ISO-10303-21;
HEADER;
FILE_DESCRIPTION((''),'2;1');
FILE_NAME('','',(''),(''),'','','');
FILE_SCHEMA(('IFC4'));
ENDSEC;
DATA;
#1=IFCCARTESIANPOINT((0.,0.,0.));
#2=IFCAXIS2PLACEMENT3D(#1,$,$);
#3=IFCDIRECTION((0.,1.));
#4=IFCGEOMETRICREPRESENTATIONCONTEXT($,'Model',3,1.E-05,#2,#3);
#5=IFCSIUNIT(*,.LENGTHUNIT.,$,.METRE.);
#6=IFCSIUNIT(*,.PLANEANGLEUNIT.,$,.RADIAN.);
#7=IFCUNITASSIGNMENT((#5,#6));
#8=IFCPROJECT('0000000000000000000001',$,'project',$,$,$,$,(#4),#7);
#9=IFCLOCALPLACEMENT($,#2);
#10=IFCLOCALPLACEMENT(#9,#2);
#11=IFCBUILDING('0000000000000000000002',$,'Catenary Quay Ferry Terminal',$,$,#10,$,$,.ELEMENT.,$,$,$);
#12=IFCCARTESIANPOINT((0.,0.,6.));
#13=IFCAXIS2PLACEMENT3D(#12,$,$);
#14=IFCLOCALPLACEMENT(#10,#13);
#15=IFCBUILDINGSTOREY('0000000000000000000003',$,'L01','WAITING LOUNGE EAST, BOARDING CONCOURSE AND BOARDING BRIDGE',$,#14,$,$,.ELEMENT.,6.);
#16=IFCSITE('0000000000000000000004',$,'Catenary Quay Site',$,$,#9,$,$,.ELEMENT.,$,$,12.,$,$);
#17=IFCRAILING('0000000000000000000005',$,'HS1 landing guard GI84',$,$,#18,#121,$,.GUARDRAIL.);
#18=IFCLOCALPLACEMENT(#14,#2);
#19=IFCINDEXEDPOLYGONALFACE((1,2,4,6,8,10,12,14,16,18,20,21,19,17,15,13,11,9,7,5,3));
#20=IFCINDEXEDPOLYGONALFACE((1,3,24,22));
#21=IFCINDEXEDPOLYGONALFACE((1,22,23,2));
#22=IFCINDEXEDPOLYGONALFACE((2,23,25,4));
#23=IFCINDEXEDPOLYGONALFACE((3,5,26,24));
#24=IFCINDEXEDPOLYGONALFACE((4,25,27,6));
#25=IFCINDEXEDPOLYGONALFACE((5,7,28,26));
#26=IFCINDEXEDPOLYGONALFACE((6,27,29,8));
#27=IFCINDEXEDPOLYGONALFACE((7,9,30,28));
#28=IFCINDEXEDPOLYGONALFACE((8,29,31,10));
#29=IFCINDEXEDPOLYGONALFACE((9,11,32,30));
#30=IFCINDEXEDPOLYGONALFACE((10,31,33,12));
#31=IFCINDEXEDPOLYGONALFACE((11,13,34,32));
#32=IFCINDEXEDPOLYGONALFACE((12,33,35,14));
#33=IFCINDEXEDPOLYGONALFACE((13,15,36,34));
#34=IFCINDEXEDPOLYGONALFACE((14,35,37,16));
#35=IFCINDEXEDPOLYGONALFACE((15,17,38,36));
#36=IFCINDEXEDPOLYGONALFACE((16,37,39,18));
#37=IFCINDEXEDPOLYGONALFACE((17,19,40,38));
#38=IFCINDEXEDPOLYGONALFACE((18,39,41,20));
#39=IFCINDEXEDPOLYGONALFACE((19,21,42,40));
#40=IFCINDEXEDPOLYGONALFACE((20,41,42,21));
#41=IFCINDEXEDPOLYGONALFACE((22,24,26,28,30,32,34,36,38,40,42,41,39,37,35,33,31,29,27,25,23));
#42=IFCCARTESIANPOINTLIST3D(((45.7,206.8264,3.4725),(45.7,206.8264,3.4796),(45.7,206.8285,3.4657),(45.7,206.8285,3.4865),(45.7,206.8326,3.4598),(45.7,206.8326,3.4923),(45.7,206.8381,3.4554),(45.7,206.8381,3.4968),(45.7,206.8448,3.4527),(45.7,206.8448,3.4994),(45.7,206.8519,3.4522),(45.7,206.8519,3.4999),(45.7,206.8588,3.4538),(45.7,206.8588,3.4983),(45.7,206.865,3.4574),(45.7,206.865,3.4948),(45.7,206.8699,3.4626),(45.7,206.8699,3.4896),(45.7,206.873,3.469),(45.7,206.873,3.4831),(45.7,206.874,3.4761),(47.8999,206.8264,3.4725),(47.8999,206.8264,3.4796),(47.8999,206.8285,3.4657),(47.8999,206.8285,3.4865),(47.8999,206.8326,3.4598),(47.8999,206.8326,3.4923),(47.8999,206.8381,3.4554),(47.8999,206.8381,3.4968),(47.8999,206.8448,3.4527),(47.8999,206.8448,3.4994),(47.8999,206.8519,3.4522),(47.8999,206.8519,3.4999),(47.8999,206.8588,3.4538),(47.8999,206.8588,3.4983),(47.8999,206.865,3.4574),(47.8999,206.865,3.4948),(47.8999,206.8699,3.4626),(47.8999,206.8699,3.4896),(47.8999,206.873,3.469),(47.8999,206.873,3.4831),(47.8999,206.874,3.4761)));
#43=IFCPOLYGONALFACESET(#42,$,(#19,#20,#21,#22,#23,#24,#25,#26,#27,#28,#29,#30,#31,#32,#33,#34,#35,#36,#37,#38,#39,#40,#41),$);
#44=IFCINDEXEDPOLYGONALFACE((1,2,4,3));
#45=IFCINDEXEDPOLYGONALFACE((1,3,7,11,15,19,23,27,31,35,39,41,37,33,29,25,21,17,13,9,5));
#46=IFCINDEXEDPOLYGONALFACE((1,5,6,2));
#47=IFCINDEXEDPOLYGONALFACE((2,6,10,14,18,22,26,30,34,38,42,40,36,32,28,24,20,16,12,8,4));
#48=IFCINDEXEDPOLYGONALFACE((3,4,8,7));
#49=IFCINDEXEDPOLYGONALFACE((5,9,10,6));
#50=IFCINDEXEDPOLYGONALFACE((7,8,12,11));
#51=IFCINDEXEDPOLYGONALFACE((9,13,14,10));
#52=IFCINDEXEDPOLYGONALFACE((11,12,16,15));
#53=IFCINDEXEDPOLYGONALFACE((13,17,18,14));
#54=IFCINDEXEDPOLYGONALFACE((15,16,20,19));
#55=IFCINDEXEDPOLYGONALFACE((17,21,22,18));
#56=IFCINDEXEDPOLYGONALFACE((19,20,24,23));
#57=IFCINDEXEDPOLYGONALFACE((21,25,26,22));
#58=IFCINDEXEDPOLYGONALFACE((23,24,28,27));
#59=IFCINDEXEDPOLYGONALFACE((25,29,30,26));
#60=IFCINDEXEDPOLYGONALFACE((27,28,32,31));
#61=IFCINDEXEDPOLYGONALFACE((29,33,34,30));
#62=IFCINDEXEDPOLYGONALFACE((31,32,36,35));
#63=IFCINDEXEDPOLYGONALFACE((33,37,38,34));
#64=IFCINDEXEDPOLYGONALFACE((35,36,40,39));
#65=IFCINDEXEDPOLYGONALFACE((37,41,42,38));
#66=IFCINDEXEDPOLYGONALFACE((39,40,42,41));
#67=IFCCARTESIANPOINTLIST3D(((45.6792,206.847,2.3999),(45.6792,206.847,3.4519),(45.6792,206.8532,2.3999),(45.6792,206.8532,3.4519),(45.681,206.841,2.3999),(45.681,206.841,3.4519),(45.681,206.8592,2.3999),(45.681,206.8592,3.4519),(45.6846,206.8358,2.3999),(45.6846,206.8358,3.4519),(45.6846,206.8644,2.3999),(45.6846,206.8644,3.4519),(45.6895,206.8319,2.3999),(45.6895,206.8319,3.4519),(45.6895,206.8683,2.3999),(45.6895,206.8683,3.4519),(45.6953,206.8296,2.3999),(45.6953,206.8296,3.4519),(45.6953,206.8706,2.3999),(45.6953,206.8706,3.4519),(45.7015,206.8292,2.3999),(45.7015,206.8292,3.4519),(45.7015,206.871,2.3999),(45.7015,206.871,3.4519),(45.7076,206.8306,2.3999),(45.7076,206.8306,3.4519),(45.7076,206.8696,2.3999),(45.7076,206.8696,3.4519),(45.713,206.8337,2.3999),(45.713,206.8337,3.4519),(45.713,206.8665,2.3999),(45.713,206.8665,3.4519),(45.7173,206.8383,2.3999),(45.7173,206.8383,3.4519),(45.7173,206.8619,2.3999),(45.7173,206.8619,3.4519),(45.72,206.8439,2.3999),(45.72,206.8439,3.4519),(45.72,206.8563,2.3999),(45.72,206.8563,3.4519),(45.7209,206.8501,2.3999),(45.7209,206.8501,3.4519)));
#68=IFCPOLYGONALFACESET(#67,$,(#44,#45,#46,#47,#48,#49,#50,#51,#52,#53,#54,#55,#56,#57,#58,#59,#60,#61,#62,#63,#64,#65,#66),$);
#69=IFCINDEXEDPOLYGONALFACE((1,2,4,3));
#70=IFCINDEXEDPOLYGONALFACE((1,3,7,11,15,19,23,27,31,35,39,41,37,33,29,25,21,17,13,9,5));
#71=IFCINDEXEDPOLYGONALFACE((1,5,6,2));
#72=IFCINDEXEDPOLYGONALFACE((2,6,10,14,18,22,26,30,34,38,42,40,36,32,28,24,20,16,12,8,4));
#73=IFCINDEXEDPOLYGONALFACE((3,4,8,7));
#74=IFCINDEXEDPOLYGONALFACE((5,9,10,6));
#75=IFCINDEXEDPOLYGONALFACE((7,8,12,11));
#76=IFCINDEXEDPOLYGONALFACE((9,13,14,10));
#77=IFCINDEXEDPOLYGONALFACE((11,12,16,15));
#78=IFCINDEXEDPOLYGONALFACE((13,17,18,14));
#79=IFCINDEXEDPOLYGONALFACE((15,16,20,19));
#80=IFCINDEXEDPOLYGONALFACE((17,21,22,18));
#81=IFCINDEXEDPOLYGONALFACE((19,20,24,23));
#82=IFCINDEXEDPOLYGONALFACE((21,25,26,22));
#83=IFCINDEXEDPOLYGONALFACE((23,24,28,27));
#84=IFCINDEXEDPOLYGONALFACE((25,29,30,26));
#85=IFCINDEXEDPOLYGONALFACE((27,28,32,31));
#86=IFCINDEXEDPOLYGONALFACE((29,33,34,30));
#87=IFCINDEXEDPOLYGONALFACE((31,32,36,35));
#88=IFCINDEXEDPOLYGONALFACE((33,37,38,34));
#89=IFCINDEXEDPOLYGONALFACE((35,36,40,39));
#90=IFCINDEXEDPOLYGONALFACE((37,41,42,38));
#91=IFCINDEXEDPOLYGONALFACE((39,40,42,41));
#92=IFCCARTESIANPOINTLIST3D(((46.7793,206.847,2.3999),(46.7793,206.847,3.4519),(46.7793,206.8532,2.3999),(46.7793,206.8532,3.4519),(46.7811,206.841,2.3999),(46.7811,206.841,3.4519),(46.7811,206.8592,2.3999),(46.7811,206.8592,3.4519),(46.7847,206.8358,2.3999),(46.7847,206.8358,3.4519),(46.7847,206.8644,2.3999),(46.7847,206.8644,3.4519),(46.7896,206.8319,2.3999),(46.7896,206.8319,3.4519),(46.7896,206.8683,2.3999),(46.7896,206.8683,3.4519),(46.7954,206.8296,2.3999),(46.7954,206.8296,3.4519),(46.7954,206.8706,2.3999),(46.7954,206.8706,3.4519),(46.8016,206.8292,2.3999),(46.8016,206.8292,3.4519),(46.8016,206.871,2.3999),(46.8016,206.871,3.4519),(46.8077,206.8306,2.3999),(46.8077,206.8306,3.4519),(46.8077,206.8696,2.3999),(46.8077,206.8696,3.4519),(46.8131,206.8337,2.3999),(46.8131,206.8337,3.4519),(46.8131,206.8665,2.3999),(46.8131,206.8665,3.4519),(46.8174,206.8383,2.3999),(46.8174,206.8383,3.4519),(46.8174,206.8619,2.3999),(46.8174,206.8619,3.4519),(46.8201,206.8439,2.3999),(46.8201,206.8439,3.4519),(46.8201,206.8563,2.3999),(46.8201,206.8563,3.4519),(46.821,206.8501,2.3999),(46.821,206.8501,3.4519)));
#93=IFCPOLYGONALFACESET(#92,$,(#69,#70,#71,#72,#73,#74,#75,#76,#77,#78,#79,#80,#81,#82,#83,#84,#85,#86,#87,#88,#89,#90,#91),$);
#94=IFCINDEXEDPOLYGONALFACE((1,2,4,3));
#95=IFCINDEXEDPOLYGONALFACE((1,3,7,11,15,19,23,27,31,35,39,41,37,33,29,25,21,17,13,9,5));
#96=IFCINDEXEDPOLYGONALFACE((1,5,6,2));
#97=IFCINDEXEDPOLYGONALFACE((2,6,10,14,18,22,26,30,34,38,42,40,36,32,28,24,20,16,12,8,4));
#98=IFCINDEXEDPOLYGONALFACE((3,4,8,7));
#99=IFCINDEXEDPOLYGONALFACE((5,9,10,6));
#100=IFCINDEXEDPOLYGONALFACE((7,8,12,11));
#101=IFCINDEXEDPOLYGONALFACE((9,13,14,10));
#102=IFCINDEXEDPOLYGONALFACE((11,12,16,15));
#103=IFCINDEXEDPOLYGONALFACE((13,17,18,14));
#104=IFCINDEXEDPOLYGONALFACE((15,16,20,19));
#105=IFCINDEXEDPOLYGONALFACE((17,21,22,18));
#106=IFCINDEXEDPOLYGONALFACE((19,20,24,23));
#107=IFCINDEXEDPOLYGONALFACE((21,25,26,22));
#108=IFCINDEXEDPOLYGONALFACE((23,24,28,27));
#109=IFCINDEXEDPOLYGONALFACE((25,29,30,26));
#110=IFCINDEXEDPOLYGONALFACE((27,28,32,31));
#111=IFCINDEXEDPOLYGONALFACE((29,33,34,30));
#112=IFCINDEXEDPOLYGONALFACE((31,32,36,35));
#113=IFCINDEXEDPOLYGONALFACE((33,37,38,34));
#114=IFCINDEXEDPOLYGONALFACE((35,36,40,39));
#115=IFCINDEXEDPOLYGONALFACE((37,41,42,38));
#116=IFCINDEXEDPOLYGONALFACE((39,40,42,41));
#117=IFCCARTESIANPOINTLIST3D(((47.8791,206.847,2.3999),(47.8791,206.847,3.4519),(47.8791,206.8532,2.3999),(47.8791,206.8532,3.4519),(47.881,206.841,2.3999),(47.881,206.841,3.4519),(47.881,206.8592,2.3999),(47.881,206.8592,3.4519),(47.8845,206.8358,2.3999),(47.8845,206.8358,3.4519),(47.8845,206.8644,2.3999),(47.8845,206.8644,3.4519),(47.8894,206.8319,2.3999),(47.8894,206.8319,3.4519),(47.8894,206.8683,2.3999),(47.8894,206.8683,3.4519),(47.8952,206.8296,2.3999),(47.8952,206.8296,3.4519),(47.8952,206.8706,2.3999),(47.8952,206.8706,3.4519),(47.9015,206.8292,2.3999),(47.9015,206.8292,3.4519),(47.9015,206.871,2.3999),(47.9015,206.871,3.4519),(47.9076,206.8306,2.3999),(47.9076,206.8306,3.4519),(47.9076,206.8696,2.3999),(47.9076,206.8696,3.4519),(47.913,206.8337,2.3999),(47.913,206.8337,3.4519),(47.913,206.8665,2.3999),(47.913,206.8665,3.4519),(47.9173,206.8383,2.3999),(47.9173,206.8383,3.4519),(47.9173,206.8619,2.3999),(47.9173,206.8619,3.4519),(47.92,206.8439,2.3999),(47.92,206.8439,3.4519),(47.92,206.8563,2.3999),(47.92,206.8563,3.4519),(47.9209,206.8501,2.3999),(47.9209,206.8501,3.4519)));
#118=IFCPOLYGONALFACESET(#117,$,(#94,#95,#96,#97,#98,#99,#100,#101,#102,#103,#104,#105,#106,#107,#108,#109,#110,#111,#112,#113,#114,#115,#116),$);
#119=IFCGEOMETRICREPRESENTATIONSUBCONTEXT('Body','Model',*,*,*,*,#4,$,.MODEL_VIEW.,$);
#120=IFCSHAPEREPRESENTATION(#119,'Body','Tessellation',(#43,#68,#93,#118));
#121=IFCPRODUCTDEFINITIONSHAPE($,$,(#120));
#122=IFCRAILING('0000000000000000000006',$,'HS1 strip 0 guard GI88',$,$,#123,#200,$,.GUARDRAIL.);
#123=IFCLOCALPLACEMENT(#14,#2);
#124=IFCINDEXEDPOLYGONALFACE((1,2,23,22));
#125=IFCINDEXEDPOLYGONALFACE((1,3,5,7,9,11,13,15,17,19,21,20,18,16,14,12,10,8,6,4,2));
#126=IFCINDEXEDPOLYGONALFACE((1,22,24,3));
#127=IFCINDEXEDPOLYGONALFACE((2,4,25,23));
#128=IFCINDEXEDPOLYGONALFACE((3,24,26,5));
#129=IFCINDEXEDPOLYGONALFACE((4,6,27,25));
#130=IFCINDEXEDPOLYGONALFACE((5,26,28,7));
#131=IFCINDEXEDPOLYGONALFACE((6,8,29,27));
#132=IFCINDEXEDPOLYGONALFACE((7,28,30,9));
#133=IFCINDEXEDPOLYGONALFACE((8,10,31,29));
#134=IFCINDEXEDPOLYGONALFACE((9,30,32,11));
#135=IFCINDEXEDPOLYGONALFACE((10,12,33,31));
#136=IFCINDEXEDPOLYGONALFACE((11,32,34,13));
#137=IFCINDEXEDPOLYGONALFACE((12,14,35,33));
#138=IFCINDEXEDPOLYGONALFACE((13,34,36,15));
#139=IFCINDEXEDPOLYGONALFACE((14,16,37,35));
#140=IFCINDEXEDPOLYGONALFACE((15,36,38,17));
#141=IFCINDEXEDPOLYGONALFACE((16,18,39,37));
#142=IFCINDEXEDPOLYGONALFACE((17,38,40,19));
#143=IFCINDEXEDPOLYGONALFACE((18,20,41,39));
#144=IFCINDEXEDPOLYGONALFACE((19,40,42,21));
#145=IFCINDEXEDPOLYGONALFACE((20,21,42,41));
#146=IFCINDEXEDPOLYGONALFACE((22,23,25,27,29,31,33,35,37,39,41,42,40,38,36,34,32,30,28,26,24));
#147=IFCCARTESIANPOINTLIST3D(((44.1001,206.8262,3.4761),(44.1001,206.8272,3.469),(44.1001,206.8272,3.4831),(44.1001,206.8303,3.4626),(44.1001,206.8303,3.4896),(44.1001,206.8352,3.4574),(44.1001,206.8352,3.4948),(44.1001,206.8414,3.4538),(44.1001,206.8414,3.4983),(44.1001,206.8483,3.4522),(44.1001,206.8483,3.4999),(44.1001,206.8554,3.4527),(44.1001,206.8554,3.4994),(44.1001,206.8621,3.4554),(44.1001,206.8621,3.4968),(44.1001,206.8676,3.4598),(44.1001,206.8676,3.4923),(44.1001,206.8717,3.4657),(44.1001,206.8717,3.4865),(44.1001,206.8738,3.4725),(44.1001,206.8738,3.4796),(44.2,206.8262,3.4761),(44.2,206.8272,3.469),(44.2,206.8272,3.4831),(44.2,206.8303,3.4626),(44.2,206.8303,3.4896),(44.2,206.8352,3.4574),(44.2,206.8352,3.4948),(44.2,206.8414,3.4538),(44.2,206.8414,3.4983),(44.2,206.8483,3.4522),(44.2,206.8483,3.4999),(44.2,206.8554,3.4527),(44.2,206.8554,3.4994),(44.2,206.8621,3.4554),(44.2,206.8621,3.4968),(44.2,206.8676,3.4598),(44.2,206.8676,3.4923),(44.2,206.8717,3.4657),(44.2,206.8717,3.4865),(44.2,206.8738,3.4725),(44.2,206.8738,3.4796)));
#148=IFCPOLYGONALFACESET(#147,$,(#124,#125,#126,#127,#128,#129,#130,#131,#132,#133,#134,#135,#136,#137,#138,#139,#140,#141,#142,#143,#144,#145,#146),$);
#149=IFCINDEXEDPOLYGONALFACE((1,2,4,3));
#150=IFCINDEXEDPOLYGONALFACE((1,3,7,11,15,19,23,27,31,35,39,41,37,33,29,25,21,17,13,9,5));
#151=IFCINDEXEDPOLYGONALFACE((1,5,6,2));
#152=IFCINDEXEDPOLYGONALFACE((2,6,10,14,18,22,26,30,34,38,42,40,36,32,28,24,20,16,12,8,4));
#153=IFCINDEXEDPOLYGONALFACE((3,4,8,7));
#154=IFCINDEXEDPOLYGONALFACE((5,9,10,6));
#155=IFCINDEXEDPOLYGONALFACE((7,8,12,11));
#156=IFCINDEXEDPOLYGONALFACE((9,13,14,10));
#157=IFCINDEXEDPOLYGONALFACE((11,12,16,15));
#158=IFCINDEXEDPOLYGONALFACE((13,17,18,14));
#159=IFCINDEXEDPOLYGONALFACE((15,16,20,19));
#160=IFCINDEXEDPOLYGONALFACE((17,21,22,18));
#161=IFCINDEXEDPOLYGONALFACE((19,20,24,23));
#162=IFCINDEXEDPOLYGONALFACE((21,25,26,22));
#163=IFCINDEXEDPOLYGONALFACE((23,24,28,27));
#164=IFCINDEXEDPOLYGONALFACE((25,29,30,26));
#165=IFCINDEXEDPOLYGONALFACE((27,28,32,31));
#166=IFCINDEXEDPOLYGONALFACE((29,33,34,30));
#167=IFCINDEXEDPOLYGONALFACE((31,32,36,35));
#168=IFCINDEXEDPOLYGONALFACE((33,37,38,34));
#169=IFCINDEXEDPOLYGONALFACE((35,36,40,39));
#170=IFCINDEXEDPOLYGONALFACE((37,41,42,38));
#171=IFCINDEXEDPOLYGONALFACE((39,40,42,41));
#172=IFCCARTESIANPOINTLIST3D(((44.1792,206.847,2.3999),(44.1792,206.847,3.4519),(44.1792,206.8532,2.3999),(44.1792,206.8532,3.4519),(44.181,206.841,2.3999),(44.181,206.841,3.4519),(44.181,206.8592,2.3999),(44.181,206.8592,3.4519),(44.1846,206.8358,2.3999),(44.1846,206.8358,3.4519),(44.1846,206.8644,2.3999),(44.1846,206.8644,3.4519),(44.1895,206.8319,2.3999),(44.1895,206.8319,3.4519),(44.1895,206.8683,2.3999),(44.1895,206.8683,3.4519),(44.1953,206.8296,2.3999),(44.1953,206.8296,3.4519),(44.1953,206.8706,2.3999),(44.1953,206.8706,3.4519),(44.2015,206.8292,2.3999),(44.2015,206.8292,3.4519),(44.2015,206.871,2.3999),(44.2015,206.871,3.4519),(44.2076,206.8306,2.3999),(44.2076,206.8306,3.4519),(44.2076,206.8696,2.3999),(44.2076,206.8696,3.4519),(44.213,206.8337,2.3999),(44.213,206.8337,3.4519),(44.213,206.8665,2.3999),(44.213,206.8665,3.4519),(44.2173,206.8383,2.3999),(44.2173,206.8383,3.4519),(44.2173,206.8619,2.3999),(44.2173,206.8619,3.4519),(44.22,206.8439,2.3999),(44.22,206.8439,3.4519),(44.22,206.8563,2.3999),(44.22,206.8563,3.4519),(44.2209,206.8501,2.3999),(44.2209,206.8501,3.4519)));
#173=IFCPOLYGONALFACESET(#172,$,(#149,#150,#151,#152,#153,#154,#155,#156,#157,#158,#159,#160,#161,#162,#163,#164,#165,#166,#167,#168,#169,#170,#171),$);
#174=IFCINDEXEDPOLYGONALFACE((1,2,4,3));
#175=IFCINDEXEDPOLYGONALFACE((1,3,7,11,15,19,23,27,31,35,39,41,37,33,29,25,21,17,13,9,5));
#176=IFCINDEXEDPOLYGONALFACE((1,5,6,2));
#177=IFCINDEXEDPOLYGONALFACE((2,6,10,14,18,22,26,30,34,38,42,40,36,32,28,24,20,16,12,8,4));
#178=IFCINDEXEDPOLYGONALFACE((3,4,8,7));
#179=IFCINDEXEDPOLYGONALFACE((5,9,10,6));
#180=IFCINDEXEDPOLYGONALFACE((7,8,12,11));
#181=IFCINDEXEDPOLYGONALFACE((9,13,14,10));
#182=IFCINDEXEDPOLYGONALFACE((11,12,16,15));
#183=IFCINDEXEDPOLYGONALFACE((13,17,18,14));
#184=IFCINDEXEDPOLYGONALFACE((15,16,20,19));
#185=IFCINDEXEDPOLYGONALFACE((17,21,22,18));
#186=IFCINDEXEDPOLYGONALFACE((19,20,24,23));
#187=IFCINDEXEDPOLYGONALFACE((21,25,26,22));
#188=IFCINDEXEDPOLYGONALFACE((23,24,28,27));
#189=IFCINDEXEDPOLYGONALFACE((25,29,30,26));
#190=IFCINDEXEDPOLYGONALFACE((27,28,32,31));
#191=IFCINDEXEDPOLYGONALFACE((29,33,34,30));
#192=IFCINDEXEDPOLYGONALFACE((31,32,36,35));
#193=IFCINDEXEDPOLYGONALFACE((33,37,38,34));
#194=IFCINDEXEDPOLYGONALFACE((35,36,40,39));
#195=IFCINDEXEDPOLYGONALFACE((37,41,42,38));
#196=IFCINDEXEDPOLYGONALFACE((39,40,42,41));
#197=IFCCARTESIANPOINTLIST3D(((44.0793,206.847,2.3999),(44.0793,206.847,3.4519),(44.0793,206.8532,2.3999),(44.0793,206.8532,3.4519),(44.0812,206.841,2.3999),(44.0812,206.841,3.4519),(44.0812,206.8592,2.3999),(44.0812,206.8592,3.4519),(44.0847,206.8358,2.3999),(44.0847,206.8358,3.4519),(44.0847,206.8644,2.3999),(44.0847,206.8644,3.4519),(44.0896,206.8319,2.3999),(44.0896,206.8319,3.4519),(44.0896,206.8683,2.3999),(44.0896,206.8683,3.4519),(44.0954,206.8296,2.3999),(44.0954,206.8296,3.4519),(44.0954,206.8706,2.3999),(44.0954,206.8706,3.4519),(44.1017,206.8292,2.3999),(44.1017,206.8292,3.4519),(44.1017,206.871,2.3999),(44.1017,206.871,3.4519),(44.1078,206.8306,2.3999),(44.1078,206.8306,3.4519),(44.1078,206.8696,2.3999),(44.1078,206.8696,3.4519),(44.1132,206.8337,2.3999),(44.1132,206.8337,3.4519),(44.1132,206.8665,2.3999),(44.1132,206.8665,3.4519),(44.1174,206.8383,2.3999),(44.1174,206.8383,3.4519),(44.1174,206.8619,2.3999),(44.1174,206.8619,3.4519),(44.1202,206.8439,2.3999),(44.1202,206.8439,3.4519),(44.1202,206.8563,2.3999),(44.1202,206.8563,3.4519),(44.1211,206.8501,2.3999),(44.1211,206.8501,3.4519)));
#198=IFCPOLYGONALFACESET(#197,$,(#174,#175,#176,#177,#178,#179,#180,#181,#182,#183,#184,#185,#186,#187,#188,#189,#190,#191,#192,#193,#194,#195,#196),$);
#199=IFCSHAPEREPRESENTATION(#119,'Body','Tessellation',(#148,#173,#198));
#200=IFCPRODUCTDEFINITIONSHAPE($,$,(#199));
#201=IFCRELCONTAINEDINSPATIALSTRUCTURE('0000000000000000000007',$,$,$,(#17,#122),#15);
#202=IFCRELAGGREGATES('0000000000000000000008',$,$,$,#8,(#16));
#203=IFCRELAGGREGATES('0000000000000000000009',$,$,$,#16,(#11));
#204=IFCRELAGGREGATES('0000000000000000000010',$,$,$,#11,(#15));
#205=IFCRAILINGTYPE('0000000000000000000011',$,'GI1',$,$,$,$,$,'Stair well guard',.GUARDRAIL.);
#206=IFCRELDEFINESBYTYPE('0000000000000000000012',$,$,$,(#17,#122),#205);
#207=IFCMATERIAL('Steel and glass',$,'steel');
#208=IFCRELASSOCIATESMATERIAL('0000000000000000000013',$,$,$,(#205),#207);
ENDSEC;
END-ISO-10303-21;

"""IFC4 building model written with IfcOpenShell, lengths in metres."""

from ifc_helpers import new_model, si_unit, direction, frame, origin, origin_2d, place, context, subcontext, project, spatial, circle, extrude, material, type_object, element, save


model = new_model("IFC4")

# Units and contexts
model_context = context("Model", 3, precision=1e-05, world=origin(), true_north=direction((0.0, 1.0)))
body_context = subcontext(model_context, "Body", "Model", "MODEL_VIEW")
ifc_project = project(units=[si_unit("LENGTHUNIT", "METRE"), si_unit("PLANEANGLEUNIT", "RADIAN")], contexts=[model_context])

# Site, building, storey
site_placement = place(None, origin())
site = spatial("IfcSite", under=ifc_project, at=site_placement, Name="Catenary Quay Site", CompositionType="ELEMENT", RefElevation=12.0)
building_placement = place(site_placement, origin())
building = spatial("IfcBuilding", under=site, at=building_placement, Name="Catenary Quay Ferry Terminal", CompositionType="ELEMENT")
storey_placement = place(building_placement, frame((0.0, 0.0, 6.0)))
storey = spatial("IfcBuildingStorey", under=building, at=storey_placement, Name="L01", Description="WAITING LOUNGE EAST, BOARDING CONCOURSE AND BOARDING BRIDGE", CompositionType="ELEMENT", Elevation=6.0)

# Railings
ifc_material_1 = material(Name="Steel and glass", Category="steel")
railing_type_1 = type_object("IfcRailingType", Name="GI1", ElementType="Stair well guard", PredefinedType="GUARDRAIL", material=ifc_material_1)
railing_1_placement = place(storey_placement, frame((45.7, 206.8501, 2.3999)))
element("IfcRailing", 1, at=railing_1_placement, inside=storey, type_object=railing_type_1, Name="HS1 landing guard GI84", PredefinedType="GUARDRAIL", context=body_context, shape_type="SweptSolid", body=[
    extrude(circle(Radius=0.0239, at=origin_2d()), frame((0.0, 0.0, 1.0762), z_axis=(1.0, 0.0, 0.0), x_axis=(0.0, 1.0, 0.0)), (0.0, 0.0, 1.0), 2.2),
    extrude(circle(Radius=0.021, at=origin_2d()), origin(), (0.0, 0.0, 1.0), 1.052),
    extrude(circle(Radius=0.021, at=origin_2d()), frame((1.1001, 0.0, 0.0)), (0.0, 0.0, 1.0), 1.052),
    extrude(circle(Radius=0.021, at=origin_2d()), frame((2.2, 0.0, 0.0)), (0.0, 0.0, 1.0), 1.052),
])
railing_2_placement = place(storey_placement, frame((44.2, 206.8501, 2.3999)))
element("IfcRailing", 2, at=railing_2_placement, inside=storey, type_object=railing_type_1, Name="HS1 strip 0 guard GI88", PredefinedType="GUARDRAIL", context=body_context, shape_type="SweptSolid", body=[
    extrude(circle(Radius=0.0239, at=origin_2d()), frame((0.0, 0.0, 1.0762), z_axis=(-1.0, 0.0, 0.0), x_axis=(0.0, -1.0, 0.0)), (0.0, 0.0, 1.0), 0.0999),
    extrude(circle(Radius=0.021, at=origin_2d()), origin(), (0.0, 0.0, 1.0), 1.052),
    extrude(circle(Radius=0.021, at=origin_2d()), frame((-0.0999, 0.0, 0.0)), (0.0, 0.0, 1.0), 1.052),
])

save(model, "model.ifc")
